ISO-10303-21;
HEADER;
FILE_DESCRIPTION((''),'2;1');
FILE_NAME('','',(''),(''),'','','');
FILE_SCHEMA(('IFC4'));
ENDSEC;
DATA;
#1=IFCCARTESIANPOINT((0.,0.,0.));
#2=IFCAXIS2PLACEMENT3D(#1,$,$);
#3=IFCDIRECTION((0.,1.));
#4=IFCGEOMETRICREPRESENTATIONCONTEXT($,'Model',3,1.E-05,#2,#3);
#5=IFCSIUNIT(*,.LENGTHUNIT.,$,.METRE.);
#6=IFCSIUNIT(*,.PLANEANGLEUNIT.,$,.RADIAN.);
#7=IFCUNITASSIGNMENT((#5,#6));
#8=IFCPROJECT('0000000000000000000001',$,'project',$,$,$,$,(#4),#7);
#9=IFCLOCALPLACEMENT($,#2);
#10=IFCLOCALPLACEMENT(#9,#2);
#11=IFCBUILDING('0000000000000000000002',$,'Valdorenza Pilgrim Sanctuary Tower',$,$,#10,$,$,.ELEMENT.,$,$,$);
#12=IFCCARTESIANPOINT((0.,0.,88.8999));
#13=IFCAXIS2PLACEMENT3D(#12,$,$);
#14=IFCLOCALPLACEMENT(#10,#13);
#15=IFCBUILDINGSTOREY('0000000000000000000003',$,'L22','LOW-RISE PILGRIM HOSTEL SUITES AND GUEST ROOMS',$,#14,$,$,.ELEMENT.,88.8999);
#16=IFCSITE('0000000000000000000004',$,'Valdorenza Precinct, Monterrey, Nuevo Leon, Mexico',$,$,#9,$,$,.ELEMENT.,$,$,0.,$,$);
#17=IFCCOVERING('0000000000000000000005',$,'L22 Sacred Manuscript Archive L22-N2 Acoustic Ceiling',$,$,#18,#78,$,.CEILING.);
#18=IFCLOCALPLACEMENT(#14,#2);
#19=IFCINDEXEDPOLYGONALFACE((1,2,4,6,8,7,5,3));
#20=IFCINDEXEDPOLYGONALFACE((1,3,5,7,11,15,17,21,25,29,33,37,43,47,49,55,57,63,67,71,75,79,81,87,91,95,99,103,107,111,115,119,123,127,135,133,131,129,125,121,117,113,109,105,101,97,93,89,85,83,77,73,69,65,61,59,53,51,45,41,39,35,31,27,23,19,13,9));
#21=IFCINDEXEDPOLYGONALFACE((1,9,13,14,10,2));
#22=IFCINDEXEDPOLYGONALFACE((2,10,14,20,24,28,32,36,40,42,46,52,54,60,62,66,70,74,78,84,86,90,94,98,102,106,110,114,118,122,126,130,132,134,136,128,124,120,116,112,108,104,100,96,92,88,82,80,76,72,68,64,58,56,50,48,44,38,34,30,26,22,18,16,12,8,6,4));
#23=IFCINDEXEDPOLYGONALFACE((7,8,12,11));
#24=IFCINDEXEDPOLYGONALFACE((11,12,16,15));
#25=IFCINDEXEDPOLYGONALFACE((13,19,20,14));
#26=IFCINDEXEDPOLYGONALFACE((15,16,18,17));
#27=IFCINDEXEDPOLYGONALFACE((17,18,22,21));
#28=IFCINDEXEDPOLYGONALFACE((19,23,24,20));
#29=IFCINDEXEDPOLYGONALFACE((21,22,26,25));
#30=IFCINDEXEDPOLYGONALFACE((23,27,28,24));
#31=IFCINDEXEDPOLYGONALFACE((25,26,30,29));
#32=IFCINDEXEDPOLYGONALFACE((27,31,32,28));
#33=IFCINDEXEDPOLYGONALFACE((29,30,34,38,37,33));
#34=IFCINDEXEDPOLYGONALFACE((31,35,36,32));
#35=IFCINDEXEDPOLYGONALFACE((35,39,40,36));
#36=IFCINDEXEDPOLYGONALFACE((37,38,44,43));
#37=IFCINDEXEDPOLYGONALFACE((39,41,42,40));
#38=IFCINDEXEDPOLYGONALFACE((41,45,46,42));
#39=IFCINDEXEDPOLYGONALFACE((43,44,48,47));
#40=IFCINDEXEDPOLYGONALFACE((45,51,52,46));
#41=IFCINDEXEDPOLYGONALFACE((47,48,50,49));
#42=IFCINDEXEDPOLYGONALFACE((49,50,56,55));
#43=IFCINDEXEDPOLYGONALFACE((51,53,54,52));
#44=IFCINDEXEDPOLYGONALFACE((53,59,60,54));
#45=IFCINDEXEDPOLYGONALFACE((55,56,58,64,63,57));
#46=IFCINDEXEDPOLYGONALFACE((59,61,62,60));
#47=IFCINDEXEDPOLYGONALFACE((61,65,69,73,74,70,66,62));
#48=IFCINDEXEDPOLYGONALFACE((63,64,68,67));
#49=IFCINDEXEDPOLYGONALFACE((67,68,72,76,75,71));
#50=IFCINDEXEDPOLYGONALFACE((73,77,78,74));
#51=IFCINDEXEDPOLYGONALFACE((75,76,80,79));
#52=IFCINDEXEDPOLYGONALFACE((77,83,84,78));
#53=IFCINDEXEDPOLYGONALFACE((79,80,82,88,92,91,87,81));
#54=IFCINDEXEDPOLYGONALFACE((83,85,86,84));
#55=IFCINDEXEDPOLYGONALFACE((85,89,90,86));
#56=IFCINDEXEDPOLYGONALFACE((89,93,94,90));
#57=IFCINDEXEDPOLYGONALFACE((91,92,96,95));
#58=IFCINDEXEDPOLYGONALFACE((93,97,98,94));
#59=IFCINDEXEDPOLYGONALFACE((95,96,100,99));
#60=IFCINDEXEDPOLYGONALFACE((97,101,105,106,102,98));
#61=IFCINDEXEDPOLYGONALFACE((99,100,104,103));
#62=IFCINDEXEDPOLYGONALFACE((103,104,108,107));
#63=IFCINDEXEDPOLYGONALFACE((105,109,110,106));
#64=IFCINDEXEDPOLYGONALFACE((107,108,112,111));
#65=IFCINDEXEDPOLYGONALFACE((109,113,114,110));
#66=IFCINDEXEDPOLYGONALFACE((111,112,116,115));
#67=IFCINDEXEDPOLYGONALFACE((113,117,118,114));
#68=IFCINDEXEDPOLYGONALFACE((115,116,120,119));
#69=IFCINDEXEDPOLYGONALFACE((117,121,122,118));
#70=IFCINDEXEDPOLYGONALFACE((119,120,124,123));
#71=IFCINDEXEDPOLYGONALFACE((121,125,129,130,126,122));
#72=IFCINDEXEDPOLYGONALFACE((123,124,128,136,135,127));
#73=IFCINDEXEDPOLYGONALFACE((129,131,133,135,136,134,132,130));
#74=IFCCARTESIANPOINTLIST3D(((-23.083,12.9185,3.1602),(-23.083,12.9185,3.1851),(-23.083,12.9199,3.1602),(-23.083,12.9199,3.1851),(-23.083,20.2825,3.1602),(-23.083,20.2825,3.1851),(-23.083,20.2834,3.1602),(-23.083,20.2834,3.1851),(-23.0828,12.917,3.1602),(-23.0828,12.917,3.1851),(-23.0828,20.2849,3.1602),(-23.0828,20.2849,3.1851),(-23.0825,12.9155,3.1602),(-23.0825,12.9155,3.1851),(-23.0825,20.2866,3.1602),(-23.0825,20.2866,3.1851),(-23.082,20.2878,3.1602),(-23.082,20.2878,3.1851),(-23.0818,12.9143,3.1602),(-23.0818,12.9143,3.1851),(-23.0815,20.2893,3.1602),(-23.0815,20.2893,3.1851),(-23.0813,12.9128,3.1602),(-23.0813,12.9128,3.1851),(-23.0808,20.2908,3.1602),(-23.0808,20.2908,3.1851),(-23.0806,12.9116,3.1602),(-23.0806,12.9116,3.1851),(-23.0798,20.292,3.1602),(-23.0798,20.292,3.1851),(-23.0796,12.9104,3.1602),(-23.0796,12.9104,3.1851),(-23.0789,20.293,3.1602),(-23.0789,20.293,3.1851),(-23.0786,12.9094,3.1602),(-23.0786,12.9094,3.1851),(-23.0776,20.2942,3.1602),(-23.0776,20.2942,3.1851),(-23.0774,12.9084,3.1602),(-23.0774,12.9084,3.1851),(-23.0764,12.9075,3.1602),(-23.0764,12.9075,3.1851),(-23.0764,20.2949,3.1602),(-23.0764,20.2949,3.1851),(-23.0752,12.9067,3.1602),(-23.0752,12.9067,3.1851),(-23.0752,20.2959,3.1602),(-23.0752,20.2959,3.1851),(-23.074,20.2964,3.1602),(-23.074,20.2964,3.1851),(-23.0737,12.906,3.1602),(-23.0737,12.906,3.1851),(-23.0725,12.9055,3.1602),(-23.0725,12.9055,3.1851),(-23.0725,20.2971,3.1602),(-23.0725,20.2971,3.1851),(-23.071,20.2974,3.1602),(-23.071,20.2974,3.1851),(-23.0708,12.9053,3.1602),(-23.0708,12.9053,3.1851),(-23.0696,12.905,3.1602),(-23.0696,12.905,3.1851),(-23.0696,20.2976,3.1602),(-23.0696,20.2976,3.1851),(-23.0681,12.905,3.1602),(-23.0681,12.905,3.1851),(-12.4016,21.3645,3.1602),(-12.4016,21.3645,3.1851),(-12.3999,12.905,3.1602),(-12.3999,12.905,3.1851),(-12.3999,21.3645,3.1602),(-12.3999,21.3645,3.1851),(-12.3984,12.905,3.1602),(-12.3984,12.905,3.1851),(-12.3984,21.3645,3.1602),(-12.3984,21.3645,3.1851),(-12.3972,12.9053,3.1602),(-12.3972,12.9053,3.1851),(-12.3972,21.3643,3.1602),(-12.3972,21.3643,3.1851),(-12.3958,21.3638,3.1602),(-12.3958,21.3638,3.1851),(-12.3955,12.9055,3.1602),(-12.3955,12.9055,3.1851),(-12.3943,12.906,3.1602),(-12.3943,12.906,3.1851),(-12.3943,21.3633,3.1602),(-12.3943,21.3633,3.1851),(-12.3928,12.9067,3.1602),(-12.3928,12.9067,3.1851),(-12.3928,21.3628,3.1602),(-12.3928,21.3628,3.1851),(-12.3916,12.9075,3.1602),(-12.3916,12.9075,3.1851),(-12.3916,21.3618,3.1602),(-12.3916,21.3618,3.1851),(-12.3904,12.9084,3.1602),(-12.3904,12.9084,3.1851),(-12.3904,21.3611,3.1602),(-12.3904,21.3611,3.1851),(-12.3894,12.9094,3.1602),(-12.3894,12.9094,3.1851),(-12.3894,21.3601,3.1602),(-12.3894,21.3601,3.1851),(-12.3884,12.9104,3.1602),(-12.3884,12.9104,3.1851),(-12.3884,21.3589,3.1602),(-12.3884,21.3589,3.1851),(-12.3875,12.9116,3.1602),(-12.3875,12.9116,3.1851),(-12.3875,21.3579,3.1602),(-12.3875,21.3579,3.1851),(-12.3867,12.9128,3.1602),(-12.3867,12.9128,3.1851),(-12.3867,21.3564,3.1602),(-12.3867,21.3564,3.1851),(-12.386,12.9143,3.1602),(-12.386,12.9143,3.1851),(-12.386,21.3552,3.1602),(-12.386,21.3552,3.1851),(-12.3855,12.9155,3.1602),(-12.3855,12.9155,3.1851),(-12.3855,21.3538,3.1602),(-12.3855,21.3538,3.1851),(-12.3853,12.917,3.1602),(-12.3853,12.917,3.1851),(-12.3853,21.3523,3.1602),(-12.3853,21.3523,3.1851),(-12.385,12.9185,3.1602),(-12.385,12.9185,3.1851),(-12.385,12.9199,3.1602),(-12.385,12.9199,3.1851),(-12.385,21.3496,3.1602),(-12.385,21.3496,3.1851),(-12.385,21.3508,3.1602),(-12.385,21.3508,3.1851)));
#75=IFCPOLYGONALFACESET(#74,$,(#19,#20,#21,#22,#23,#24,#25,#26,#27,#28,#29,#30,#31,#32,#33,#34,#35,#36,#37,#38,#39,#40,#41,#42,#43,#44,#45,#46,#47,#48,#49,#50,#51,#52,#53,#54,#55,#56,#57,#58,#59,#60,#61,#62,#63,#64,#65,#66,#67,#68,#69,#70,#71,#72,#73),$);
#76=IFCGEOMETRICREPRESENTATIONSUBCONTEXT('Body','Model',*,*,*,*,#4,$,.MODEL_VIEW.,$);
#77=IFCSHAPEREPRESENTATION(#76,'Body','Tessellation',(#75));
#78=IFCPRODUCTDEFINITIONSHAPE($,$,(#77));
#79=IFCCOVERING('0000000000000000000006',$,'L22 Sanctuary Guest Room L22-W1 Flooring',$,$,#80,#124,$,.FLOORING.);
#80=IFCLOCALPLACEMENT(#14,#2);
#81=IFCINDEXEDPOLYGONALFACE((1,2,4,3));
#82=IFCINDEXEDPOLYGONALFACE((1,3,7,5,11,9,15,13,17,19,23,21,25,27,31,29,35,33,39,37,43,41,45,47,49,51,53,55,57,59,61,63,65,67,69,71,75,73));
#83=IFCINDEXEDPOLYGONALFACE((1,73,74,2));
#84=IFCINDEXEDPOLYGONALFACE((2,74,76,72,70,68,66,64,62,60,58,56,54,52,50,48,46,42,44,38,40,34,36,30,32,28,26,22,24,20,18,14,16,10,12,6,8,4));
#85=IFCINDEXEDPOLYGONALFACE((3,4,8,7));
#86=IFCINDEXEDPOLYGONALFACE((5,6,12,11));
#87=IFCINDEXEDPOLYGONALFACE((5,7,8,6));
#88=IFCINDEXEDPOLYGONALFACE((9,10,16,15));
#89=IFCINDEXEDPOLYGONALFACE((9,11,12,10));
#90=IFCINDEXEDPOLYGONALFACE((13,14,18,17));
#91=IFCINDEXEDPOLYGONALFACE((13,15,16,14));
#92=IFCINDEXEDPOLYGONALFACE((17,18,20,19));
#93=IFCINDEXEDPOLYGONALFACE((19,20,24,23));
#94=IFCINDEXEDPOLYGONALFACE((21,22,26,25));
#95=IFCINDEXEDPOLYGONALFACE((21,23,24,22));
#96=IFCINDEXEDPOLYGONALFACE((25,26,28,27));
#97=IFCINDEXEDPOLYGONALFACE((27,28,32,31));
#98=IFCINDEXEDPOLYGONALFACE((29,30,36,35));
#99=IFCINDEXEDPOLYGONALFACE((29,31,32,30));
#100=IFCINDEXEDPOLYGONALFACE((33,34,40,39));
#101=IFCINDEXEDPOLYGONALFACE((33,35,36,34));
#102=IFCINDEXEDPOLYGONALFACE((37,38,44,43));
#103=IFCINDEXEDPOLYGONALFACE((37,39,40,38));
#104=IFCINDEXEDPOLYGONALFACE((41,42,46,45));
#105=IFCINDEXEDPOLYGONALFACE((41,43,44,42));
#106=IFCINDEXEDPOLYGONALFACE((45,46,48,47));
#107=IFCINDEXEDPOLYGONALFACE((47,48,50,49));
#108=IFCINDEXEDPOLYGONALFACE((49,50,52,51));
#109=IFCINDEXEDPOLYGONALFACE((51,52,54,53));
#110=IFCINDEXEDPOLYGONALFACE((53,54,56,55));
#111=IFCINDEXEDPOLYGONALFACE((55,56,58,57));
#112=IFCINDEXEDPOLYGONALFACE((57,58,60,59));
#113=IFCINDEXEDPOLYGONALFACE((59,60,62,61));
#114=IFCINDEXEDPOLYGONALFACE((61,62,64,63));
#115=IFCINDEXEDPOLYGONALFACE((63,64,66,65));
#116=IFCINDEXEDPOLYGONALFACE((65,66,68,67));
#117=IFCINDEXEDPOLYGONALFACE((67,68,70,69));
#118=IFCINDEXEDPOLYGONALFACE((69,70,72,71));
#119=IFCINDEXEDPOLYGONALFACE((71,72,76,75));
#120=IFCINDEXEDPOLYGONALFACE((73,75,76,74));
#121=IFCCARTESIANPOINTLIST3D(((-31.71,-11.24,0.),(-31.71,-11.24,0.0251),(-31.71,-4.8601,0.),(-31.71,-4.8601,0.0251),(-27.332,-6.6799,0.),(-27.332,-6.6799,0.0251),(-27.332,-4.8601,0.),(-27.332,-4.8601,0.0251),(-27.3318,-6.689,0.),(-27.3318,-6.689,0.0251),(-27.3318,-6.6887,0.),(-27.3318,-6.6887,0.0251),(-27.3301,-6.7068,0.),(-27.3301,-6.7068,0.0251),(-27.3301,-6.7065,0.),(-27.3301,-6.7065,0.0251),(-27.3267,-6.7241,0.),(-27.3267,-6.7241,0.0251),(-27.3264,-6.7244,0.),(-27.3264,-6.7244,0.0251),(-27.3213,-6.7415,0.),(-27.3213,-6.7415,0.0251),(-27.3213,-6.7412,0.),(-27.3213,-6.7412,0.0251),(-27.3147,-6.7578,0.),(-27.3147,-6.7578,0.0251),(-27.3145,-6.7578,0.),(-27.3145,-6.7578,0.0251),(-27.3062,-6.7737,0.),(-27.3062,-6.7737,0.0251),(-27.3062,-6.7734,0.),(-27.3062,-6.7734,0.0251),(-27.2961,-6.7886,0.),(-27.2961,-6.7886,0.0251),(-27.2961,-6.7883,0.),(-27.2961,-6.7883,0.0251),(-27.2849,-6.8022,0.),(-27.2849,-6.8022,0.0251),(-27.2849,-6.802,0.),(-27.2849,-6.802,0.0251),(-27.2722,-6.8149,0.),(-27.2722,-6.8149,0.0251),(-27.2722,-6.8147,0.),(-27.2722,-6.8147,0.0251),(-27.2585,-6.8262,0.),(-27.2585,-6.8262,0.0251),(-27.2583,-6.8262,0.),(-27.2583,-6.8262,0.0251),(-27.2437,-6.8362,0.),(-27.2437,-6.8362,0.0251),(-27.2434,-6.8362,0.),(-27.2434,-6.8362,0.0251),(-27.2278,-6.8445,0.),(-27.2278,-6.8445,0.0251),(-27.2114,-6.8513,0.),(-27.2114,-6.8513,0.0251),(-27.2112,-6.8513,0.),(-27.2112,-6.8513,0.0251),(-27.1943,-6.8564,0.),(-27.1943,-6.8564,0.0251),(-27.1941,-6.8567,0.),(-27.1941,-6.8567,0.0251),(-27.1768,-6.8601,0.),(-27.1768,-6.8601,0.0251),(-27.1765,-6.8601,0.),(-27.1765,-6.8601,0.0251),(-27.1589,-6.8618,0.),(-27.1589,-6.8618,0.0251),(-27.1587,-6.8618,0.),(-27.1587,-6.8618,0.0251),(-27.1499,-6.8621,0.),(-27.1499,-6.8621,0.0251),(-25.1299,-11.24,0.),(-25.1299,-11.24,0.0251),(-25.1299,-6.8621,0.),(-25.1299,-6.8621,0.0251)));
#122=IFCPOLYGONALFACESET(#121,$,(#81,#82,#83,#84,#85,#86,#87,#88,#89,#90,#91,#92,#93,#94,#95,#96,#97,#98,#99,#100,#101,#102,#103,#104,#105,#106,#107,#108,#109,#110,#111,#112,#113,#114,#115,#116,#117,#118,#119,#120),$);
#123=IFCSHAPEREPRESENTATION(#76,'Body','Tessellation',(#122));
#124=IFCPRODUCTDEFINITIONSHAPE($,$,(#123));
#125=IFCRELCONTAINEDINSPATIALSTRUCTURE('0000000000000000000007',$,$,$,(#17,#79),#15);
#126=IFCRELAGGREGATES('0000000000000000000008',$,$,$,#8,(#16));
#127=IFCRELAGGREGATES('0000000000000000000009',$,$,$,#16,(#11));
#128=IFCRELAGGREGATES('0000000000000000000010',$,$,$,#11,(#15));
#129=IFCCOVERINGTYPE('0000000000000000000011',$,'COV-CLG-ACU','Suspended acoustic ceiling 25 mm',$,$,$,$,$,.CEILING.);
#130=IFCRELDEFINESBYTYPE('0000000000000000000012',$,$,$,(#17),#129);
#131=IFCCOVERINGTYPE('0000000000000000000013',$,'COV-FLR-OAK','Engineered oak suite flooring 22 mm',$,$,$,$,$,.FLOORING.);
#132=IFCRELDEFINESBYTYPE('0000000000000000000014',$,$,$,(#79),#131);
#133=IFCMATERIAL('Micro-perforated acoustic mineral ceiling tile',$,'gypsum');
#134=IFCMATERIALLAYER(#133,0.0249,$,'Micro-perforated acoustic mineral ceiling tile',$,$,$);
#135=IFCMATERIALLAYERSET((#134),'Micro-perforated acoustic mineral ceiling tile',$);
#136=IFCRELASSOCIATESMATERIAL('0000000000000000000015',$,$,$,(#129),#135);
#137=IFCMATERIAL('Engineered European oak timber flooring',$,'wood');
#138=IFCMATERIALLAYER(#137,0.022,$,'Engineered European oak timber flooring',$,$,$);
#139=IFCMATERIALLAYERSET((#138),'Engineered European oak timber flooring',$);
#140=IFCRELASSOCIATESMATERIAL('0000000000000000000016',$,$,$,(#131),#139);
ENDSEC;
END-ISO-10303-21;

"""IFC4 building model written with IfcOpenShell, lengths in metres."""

from ifc_helpers import new_model, si_unit, direction, frame, origin, place, context, subcontext, project, spatial, polyline, outline, extrude, material, layer, layer_set, type_object, element, save


model = new_model("IFC4")

# Units and contexts
model_context = context("Model", 3, precision=1e-05, world=origin(), true_north=direction((0.0, 1.0)))
body_context = subcontext(model_context, "Body", "Model", "MODEL_VIEW")
ifc_project = project(units=[si_unit("LENGTHUNIT", "METRE"), si_unit("PLANEANGLEUNIT", "RADIAN")], contexts=[model_context])

# Site, building, storey
site_placement = place(None, origin())
site = spatial("IfcSite", under=ifc_project, at=site_placement, Name="Valdorenza Precinct, Monterrey, Nuevo Leon, Mexico", CompositionType="ELEMENT", RefElevation=0.0)
building_placement = place(site_placement, origin())
building = spatial("IfcBuilding", under=site, at=building_placement, Name="Valdorenza Pilgrim Sanctuary Tower", CompositionType="ELEMENT")
storey_placement = place(building_placement, frame((0.0, 0.0, 88.8999)))
storey = spatial("IfcBuildingStorey", under=building, at=storey_placement, Name="L22", Description="LOW-RISE PILGRIM HOSTEL SUITES AND GUEST ROOMS", CompositionType="ELEMENT", Elevation=88.8999)

# Coverings
ifc_material_1 = material(Name="Micro-perforated acoustic mineral ceiling tile", Category="gypsum")
ifc_layer_1 = layer(ifc_material_1, 0.0249, Name="Micro-perforated acoustic mineral ceiling tile")
ifc_layer_set_1 = layer_set([ifc_layer_1], Name="Micro-perforated acoustic mineral ceiling tile")
covering_type_1 = type_object("IfcCoveringType", Name="COV-CLG-ACU", Description="Suspended acoustic ceiling 25 mm", PredefinedType="CEILING", material=ifc_layer_set_1)
covering_1_placement = place(storey_placement, frame((0.0, 0.0, 3.1602)))
element("IfcCovering", 1, at=covering_1_placement, inside=storey, type_object=covering_type_1, Name="L22 Sacred Manuscript Archive L22-N2 Acoustic Ceiling", PredefinedType="CEILING", context=body_context, shape_type="SweptSolid", body=[
    extrude(outline(polyline([(-23.083, 20.2825), (-23.083, 20.2834), (-23.0828, 20.2849), (-23.0825, 20.2866), (-23.082, 20.2878), (-23.0815, 20.2893), (-23.0808, 20.2908), (-23.0798, 20.292), (-23.0789, 20.293), (-23.0776, 20.2942), (-23.0764, 20.2949), (-23.0752, 20.2959), (-23.074, 20.2964), (-23.0725, 20.2971), (-23.071, 20.2974), (-23.0696, 20.2976), (-12.4016, 21.3645), (-12.3999, 21.3645), (-12.3984, 21.3645), (-12.3972, 21.3643), (-12.3958, 21.3638), (-12.3943, 21.3633), (-12.3928, 21.3628), (-12.3916, 21.3618), (-12.3904, 21.3611), (-12.3894, 21.3601), (-12.3884, 21.3589), (-12.3875, 21.3579), (-12.3867, 21.3564), (-12.386, 21.3552), (-12.3855, 21.3538), (-12.3853, 21.3523), (-12.385, 21.3508), (-12.385, 21.3496), (-12.385, 12.9199), (-12.385, 12.9185), (-12.3853, 12.917), (-12.3855, 12.9155), (-12.386, 12.9143), (-12.3867, 12.9128), (-12.3875, 12.9116), (-12.3884, 12.9104), (-12.3894, 12.9094), (-12.3904, 12.9084), (-12.3916, 12.9075), (-12.3928, 12.9067), (-12.3943, 12.906), (-12.3955, 12.9055), (-12.3972, 12.9053), (-12.3984, 12.905), (-12.3999, 12.905), (-23.0681, 12.905), (-23.0696, 12.905), (-23.0708, 12.9053), (-23.0725, 12.9055), (-23.0737, 12.906), (-23.0752, 12.9067), (-23.0764, 12.9075), (-23.0774, 12.9084), (-23.0786, 12.9094), (-23.0796, 12.9104), (-23.0806, 12.9116), (-23.0813, 12.9128), (-23.0818, 12.9143), (-23.0825, 12.9155), (-23.0828, 12.917), (-23.083, 12.9185), (-23.083, 12.9199), (-23.083, 20.2825), (-23.083, 20.2825)])), origin(), (0.0, 0.0, 1.0), 0.0249),
])
ifc_material_2 = material(Name="Engineered European oak timber flooring", Category="wood")
ifc_layer_2 = layer(ifc_material_2, 0.022, Name="Engineered European oak timber flooring")
ifc_layer_set_2 = layer_set([ifc_layer_2], Name="Engineered European oak timber flooring")
covering_type_2 = type_object("IfcCoveringType", Name="COV-FLR-OAK", Description="Engineered oak suite flooring 22 mm", PredefinedType="FLOORING", material=ifc_layer_set_2)
covering_2_placement = place(storey_placement, origin())
element("IfcCovering", 2, at=covering_2_placement, inside=storey, type_object=covering_type_2, Name="L22 Sanctuary Guest Room L22-W1 Flooring", PredefinedType="FLOORING", context=body_context, shape_type="SweptSolid", body=[
    extrude(outline(polyline([(-31.71, -4.8601), (-27.332, -4.8601), (-27.332, -6.6799), (-27.3318, -6.6887), (-27.3318, -6.689), (-27.3301, -6.7065), (-27.3301, -6.7068), (-27.3267, -6.7241), (-27.3264, -6.7244), (-27.3213, -6.7412), (-27.3213, -6.7415), (-27.3147, -6.7578), (-27.3145, -6.7578), (-27.3062, -6.7734), (-27.3062, -6.7737), (-27.2961, -6.7883), (-27.2961, -6.7886), (-27.2849, -6.802), (-27.2849, -6.8022), (-27.2722, -6.8147), (-27.2722, -6.8149), (-27.2585, -6.8262), (-27.2583, -6.8262), (-27.2437, -6.8362), (-27.2434, -6.8362), (-27.2278, -6.8445), (-27.2278, -6.8445), (-27.2114, -6.8513), (-27.2112, -6.8513), (-27.1943, -6.8564), (-27.1941, -6.8567), (-27.1768, -6.8601), (-27.1765, -6.8601), (-27.1589, -6.8618), (-27.1587, -6.8618), (-27.1499, -6.8621), (-25.1299, -6.8621), (-25.1299, -11.24), (-31.71, -11.24), (-31.71, -4.8601)])), origin(), (0.0, 0.0, 1.0), 0.0251),
])

save(model, "model.ifc")
